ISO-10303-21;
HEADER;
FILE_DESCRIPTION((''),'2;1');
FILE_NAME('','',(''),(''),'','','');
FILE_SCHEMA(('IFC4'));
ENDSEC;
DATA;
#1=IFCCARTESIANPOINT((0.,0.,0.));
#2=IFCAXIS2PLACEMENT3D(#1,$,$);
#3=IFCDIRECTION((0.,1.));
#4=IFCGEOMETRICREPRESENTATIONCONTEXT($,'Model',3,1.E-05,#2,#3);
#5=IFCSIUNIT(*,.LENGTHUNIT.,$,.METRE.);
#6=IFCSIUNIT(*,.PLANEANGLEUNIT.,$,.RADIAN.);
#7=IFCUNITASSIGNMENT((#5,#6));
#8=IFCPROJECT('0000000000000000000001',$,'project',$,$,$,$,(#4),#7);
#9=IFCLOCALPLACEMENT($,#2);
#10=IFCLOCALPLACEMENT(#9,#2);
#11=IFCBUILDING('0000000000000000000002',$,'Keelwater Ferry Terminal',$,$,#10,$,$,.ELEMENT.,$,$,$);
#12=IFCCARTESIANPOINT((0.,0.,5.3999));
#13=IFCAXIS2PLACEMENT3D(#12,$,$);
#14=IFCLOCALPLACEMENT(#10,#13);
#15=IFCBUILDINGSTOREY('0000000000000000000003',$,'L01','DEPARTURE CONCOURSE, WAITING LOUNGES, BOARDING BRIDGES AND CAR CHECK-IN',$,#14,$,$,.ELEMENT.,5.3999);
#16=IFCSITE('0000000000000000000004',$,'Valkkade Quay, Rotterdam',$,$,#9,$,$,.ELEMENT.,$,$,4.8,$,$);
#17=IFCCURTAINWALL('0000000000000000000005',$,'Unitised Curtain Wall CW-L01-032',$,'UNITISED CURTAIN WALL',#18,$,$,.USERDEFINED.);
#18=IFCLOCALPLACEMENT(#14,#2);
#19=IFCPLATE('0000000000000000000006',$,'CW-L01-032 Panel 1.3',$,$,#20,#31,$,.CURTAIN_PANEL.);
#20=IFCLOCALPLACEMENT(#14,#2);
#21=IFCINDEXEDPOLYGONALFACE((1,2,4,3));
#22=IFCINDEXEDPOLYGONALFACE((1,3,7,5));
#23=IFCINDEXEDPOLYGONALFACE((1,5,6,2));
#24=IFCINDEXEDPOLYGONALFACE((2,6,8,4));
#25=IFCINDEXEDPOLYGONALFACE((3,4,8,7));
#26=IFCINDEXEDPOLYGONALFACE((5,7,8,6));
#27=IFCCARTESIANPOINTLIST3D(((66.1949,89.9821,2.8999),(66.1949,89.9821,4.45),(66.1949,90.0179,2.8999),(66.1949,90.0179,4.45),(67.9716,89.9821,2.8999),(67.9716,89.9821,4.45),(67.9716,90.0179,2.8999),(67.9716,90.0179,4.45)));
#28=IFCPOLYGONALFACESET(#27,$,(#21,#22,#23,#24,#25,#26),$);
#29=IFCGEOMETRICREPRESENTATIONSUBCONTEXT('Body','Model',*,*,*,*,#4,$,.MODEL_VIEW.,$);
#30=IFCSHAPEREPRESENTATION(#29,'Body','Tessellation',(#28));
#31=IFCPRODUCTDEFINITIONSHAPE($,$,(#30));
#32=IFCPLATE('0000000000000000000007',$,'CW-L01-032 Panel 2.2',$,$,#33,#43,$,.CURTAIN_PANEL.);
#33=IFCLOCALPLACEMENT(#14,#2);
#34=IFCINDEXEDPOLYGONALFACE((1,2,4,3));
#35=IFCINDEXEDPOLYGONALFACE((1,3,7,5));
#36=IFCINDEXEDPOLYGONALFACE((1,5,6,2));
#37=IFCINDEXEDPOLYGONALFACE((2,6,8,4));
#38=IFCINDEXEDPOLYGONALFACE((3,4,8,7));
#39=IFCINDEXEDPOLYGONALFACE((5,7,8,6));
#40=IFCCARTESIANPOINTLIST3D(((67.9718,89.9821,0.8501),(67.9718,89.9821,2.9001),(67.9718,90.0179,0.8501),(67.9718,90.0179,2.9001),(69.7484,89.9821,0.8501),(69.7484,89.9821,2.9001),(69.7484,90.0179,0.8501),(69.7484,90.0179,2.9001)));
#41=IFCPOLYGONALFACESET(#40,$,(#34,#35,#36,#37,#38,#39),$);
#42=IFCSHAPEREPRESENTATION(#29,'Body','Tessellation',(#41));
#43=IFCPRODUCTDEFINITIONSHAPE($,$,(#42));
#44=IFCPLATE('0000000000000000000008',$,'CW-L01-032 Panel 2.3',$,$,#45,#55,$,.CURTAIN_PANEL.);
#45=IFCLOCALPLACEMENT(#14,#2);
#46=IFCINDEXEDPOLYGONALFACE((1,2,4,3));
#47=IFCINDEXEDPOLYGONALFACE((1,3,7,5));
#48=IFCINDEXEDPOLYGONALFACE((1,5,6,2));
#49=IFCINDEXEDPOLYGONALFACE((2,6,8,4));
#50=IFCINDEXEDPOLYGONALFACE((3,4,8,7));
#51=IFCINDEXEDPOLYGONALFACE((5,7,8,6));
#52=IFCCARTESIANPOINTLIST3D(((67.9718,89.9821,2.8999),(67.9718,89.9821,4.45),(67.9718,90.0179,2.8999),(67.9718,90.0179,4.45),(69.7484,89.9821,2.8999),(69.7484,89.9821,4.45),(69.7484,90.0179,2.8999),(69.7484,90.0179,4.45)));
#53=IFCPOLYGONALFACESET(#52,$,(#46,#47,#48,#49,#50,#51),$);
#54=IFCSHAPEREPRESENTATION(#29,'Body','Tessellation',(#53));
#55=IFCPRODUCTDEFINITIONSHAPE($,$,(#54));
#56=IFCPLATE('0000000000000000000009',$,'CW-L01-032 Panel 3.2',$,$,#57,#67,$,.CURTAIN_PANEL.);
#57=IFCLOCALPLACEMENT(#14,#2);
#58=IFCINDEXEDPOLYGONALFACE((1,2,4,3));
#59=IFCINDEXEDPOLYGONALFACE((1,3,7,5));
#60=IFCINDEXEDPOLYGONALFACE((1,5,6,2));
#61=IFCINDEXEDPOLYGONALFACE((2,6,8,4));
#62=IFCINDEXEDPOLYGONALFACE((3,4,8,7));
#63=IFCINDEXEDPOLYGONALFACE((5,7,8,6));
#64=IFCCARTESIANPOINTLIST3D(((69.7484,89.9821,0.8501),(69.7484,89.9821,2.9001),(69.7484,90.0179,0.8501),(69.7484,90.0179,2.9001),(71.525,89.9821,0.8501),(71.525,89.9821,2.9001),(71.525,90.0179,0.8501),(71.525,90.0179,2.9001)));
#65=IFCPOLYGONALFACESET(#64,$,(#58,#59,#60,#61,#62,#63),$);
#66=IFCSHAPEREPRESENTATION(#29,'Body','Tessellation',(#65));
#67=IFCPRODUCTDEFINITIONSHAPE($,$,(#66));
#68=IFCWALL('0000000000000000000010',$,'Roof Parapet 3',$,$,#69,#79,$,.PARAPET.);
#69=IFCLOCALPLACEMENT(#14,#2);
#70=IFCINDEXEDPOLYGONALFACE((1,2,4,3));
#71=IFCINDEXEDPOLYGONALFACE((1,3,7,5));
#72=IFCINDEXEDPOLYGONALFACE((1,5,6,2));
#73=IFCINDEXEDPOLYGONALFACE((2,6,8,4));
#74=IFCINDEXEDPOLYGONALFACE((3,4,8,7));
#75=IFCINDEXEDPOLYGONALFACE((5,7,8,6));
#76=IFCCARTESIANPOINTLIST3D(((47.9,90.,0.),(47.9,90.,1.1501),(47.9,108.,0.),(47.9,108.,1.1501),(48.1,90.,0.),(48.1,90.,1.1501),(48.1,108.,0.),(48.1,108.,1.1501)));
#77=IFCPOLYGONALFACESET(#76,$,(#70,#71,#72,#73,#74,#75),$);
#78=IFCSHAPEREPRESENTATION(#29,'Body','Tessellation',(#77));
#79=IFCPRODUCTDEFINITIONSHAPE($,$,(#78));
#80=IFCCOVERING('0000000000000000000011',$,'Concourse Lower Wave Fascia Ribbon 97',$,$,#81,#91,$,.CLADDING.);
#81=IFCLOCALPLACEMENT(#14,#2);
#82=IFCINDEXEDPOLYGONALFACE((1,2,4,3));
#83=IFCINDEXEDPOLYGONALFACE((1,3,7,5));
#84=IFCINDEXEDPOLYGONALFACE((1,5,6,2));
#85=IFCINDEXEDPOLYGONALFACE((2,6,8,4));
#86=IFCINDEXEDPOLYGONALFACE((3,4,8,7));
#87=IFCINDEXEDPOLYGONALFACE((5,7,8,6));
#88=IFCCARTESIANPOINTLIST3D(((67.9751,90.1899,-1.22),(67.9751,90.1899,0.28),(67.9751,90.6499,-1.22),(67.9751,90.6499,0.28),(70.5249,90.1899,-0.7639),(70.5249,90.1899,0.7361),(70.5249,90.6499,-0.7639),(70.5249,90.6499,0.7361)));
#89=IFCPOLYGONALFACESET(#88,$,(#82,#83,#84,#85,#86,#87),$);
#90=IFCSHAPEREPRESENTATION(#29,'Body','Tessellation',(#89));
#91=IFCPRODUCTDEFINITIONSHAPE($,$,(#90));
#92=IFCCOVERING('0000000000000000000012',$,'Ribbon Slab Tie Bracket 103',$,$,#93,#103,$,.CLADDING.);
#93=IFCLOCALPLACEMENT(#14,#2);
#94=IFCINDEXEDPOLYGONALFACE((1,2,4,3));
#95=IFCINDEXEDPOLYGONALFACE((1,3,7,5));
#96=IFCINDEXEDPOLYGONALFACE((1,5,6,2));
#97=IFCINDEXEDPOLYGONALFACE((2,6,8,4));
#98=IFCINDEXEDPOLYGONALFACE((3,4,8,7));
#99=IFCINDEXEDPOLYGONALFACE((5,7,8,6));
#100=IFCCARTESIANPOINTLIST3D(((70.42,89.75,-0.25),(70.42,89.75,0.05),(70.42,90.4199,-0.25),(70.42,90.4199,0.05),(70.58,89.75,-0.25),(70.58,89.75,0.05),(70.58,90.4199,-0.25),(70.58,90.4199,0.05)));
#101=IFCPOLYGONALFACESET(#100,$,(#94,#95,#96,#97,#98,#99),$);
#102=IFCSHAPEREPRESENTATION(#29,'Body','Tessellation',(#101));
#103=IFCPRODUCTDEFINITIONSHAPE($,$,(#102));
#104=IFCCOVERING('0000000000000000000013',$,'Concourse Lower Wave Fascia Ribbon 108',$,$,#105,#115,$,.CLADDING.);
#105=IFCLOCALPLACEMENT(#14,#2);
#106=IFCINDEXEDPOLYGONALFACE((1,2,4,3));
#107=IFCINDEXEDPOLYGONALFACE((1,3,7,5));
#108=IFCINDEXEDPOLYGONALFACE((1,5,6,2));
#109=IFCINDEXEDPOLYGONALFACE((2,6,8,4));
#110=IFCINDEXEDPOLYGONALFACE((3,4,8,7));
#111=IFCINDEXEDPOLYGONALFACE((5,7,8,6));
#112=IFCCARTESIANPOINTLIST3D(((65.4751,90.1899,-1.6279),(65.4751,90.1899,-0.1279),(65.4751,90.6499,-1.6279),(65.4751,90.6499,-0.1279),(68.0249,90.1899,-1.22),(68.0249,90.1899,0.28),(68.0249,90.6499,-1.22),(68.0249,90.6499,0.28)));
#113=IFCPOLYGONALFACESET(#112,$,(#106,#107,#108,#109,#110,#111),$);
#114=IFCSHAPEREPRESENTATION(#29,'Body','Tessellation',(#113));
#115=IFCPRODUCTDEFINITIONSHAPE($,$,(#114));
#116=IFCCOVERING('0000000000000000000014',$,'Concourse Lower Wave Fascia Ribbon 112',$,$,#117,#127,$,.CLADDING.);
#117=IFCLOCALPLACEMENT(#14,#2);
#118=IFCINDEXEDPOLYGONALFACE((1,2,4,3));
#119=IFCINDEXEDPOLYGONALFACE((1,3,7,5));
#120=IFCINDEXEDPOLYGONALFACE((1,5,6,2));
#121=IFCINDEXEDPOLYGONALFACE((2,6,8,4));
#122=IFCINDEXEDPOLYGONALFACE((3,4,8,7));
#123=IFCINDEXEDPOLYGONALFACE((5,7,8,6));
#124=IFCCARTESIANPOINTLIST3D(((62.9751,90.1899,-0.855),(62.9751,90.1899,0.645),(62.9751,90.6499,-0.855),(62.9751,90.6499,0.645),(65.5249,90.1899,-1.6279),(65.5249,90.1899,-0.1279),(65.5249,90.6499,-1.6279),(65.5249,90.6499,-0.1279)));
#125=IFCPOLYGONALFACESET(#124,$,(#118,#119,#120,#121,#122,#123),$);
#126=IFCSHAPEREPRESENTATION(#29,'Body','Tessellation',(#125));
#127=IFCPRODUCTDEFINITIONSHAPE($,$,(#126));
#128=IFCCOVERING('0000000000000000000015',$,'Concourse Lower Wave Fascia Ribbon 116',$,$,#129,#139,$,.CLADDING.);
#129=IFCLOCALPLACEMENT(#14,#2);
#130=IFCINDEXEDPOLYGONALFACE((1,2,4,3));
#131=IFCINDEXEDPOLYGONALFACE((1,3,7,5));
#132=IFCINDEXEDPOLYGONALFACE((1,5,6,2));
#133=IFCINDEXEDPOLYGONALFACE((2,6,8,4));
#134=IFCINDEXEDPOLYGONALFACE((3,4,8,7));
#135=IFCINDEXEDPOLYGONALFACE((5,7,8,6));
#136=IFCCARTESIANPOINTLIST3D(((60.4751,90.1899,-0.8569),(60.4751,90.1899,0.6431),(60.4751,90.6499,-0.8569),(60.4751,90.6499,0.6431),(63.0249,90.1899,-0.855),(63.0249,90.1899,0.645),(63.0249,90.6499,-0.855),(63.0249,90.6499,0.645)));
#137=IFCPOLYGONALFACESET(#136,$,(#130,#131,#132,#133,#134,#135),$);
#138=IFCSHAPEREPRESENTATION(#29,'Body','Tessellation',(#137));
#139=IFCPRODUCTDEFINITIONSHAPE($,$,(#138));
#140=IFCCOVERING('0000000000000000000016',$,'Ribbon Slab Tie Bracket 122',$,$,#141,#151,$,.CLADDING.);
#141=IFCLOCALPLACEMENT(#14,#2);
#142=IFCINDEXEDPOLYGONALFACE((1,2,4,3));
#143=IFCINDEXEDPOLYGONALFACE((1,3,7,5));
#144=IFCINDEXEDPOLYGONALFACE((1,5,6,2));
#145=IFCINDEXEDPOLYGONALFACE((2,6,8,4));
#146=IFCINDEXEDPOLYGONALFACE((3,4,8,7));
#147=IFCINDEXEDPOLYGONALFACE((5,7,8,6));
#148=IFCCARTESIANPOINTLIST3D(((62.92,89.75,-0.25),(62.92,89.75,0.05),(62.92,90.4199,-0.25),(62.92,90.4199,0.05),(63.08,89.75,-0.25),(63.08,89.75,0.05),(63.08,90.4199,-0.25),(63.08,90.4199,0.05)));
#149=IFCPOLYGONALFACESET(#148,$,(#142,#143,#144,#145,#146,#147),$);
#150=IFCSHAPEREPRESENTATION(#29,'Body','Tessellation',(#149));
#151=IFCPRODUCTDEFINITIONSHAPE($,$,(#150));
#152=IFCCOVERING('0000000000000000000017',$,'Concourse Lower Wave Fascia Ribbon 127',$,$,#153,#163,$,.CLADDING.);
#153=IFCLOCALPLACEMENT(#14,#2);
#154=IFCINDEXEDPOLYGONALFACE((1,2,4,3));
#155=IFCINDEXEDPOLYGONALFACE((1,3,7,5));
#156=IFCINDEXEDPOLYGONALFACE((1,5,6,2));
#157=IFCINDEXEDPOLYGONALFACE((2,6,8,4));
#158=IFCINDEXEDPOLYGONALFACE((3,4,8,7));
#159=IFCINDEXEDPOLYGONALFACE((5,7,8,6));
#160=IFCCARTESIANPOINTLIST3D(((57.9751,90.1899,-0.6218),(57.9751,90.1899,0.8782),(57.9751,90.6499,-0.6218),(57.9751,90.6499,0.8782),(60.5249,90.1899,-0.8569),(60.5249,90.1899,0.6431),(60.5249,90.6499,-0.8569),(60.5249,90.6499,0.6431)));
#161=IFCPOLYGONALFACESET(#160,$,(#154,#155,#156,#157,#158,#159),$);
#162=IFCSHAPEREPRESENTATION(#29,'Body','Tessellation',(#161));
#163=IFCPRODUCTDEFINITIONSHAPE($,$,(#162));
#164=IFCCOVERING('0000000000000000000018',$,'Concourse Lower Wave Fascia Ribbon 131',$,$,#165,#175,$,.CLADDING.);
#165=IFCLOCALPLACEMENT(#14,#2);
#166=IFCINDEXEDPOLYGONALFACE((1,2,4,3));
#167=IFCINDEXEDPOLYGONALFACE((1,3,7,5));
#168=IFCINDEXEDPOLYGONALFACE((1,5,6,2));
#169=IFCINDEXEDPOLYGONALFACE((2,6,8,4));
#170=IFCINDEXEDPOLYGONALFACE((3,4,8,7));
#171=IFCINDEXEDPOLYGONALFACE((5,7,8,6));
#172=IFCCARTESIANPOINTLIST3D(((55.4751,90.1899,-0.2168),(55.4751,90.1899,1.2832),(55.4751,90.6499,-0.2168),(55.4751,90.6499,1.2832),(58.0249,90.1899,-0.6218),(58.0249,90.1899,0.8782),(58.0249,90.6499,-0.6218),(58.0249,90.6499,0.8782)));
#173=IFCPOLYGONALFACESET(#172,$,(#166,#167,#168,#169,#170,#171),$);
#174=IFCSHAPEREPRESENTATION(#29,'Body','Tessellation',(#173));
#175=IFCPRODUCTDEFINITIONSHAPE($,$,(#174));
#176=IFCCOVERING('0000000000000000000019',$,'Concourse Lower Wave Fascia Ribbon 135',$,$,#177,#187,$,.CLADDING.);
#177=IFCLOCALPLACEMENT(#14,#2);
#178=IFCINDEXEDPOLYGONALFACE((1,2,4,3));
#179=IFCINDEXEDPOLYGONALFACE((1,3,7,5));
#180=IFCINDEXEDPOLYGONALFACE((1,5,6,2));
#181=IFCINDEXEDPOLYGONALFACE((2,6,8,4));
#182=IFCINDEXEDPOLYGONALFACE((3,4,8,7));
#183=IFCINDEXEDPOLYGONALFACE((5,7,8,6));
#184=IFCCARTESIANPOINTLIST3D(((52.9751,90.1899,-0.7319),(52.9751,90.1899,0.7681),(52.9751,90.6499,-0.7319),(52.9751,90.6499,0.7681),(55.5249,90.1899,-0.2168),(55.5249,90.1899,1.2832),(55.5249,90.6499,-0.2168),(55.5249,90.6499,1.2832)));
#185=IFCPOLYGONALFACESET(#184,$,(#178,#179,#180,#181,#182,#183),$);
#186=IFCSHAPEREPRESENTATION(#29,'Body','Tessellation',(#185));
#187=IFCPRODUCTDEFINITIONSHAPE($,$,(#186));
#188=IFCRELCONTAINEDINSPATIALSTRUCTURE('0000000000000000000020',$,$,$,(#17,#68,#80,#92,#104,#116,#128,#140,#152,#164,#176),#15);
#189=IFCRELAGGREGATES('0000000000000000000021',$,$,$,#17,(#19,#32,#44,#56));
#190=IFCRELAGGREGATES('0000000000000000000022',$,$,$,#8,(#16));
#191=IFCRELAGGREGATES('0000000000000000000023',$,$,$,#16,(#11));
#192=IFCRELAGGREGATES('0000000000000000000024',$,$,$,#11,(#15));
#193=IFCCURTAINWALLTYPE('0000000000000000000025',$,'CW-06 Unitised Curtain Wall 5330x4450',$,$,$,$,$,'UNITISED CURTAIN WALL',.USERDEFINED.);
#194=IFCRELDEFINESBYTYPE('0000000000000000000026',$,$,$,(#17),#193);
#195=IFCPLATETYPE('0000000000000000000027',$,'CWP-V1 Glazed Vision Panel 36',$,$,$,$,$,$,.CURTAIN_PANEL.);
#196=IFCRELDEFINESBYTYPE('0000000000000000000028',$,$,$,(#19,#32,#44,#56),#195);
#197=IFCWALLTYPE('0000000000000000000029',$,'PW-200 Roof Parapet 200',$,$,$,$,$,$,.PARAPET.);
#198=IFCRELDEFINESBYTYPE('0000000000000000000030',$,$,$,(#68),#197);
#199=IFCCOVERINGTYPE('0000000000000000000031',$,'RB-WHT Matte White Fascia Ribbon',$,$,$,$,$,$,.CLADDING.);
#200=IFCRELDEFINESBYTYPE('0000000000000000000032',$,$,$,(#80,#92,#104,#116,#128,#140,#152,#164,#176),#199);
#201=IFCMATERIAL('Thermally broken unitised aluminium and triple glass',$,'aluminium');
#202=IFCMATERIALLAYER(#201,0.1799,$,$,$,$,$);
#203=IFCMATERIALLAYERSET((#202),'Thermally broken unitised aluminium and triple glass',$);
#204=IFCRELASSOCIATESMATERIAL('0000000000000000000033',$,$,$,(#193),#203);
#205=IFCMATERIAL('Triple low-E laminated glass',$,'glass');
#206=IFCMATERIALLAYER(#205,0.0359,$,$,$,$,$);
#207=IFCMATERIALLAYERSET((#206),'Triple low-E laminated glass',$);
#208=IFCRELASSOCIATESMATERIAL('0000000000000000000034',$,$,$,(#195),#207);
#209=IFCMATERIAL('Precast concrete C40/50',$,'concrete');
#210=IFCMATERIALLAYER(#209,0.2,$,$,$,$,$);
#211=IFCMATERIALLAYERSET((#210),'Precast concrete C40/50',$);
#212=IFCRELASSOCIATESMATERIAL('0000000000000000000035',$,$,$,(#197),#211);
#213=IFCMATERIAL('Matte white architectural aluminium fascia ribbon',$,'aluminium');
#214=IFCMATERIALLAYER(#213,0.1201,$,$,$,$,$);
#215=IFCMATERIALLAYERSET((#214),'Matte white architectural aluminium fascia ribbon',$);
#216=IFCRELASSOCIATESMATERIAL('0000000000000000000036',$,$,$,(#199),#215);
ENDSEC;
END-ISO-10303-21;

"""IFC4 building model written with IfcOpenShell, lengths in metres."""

from ifc_helpers import new_model, si_unit, direction, frame, frame_2d, origin, origin_2d, place, context, subcontext, project, spatial, polyline, rectangle, outline, extrude, material, layer, layer_set, type_object, element, aggregate, save


model = new_model("IFC4")

# Units and contexts
model_context = context("Model", 3, precision=1e-05, world=origin(), true_north=direction((0.0, 1.0)))
body_context = subcontext(model_context, "Body", "Model", "MODEL_VIEW")
ifc_project = project(units=[si_unit("LENGTHUNIT", "METRE"), si_unit("PLANEANGLEUNIT", "RADIAN")], contexts=[model_context])

# Site, building, storey
site_placement = place(None, origin())
site = spatial("IfcSite", under=ifc_project, at=site_placement, Name="Valkkade Quay, Rotterdam", CompositionType="ELEMENT", RefElevation=4.8)
building_placement = place(site_placement, origin())
building = spatial("IfcBuilding", under=site, at=building_placement, Name="Keelwater Ferry Terminal", CompositionType="ELEMENT")
storey_placement = place(building_placement, frame((0.0, 0.0, 5.3999)))
storey = spatial("IfcBuildingStorey", under=building, at=storey_placement, Name="L01", Description="DEPARTURE CONCOURSE, WAITING LOUNGES, BOARDING BRIDGES AND CAR CHECK-IN", CompositionType="ELEMENT", Elevation=5.3999)

# Shared definitions
ifc_material_1 = material(Name="Thermally broken unitised aluminium and triple glass", Category="aluminium")
ifc_layer_1 = layer(ifc_material_1, 0.1799)
ifc_layer_set_1 = layer_set([ifc_layer_1], Name="Thermally broken unitised aluminium and triple glass")
curtain_wall_type = type_object("IfcCurtainWallType", Name="CW-06 Unitised Curtain Wall 5330x4450", ElementType="UNITISED CURTAIN WALL", PredefinedType="USERDEFINED", material=ifc_layer_set_1)

# Curtain wall
curtain_wall_1_placement = place(storey_placement, origin())
curtain_wall_1 = element("IfcCurtainWall", 1, at=curtain_wall_1_placement, inside=storey, type_object=curtain_wall_type, Name="Unitised Curtain Wall CW-L01-032", ObjectType="UNITISED CURTAIN WALL", PredefinedType="USERDEFINED")

# Plates
ifc_material_2 = material(Name="Triple low-E laminated glass", Category="glass")
ifc_layer_2 = layer(ifc_material_2, 0.0359)
ifc_layer_set_2 = layer_set([ifc_layer_2], Name="Triple low-E laminated glass")
plate_type_1 = type_object("IfcPlateType", Name="CWP-V1 Glazed Vision Panel 36", PredefinedType="CURTAIN_PANEL", material=ifc_layer_set_2)
plate_1_placement = place(storey_placement, frame((67.0833, 90.0, 2.8999), z_axis=(0.0, 0.0, 1.0), x_axis=(1.0, 0.0, 0.0)))
plate_1 = element("IfcPlate", 2, at=plate_1_placement, type_object=plate_type_1, Name="CW-L01-032 Panel 1.3", PredefinedType="CURTAIN_PANEL", context=body_context, shape_type="SweptSolid", body=[
    extrude(rectangle(XDim=1.7766, YDim=0.0359, at=origin_2d()), origin(), (0.0, 0.0, 1.0), 1.55),
])
plate_2_placement = place(storey_placement, frame((68.8601, 90.0, 0.8501), z_axis=(0.0, 0.0, 1.0), x_axis=(1.0, 0.0, 0.0)))
plate_2 = element("IfcPlate", 3, at=plate_2_placement, type_object=plate_type_1, Name="CW-L01-032 Panel 2.2", PredefinedType="CURTAIN_PANEL", context=body_context, shape_type="SweptSolid", body=[
    extrude(rectangle(XDim=1.7766, YDim=0.0359, at=origin_2d()), origin(), (0.0, 0.0, 1.0), 2.05),
])
plate_3_placement = place(storey_placement, frame((68.8601, 90.0, 2.8999), z_axis=(0.0, 0.0, 1.0), x_axis=(1.0, 0.0, 0.0)))
plate_3 = element("IfcPlate", 4, at=plate_3_placement, type_object=plate_type_1, Name="CW-L01-032 Panel 2.3", PredefinedType="CURTAIN_PANEL", context=body_context, shape_type="SweptSolid", body=[
    extrude(rectangle(XDim=1.7766, YDim=0.0359, at=origin_2d()), origin(), (0.0, 0.0, 1.0), 1.55),
])
plate_4_placement = place(storey_placement, frame((70.6367, 90.0, 0.8501), z_axis=(0.0, 0.0, 1.0), x_axis=(1.0, 0.0, 0.0)))
plate_4 = element("IfcPlate", 5, at=plate_4_placement, type_object=plate_type_1, Name="CW-L01-032 Panel 3.2", PredefinedType="CURTAIN_PANEL", context=body_context, shape_type="SweptSolid", body=[
    extrude(rectangle(XDim=1.7766, YDim=0.0359, at=origin_2d()), origin(), (0.0, 0.0, 1.0), 2.05),
])
aggregate(curtain_wall_1, [plate_1, plate_2, plate_3, plate_4])

# Wall
ifc_material_3 = material(Name="Precast concrete C40/50", Category="concrete")
ifc_layer_3 = layer(ifc_material_3, 0.2)
ifc_layer_set_3 = layer_set([ifc_layer_3], Name="Precast concrete C40/50")
wall_type = type_object("IfcWallType", Name="PW-200 Roof Parapet 200", PredefinedType="PARAPET", material=ifc_layer_set_3)
wall_placement = place(storey_placement, frame((48.0, 108.0, 0.0), z_axis=(0.0, 0.0, 1.0), x_axis=(0.0, -1.0, 0.0)))
element("IfcWall", 6, at=wall_placement, inside=storey, type_object=wall_type, Name="Roof Parapet 3", PredefinedType="PARAPET", context=body_context, shape_type="SweptSolid", body=[
    extrude(rectangle(XDim=18.0, YDim=0.2, at=frame_2d((9.0, 0.0))), origin(), (0.0, 0.0, 1.0), 1.1501),
])

# Coverings
ifc_material_4 = material(Name="Matte white architectural aluminium fascia ribbon", Category="aluminium")
ifc_layer_4 = layer(ifc_material_4, 0.1201)
ifc_layer_set_4 = layer_set([ifc_layer_4], Name="Matte white architectural aluminium fascia ribbon")
covering_type = type_object("IfcCoveringType", Name="RB-WHT Matte White Fascia Ribbon", PredefinedType="CLADDING", material=ifc_layer_set_4)
covering_1_placement = place(storey_placement, frame((70.5249, 90.4199, -1.22), z_axis=(0.0, 0.0, 1.0), x_axis=(-1.0, 0.0, 0.0)))
element("IfcCovering", 7, at=covering_1_placement, inside=storey, type_object=covering_type, Name="Concourse Lower Wave Fascia Ribbon 97", PredefinedType="CLADDING", context=body_context, shape_type="SweptSolid", body=[
    extrude(outline(polyline([(0.0, 0.4561), (2.5498, 0.0), (2.5498, 1.5), (0.0, 1.9561), (0.0, 0.4561)])), frame((0.0, 0.23, 0.0), z_axis=(0.0, -1.0, 0.0), x_axis=(1.0, 0.0, 0.0)), (0.0, 0.0, 1.0), 0.46),
])
covering_2_placement = place(storey_placement, frame((70.5, 90.4199, -0.25), z_axis=(0.0, 0.0, 1.0), x_axis=(0.0, -1.0, 0.0)))
element("IfcCovering", 8, at=covering_2_placement, inside=storey, type_object=covering_type, Name="Ribbon Slab Tie Bracket 103", PredefinedType="CLADDING", context=body_context, shape_type="SweptSolid", body=[
    extrude(rectangle(XDim=0.6699, YDim=0.1599, at=frame_2d((0.335, 0.0))), origin(), (0.0, 0.0, 1.0), 0.3),
])
covering_3_placement = place(storey_placement, frame((68.0249, 90.4199, -1.6279), z_axis=(0.0, 0.0, 1.0), x_axis=(-1.0, 0.0, 0.0)))
element("IfcCovering", 9, at=covering_3_placement, inside=storey, type_object=covering_type, Name="Concourse Lower Wave Fascia Ribbon 108", PredefinedType="CLADDING", context=body_context, shape_type="SweptSolid", body=[
    extrude(outline(polyline([(0.0, 0.408), (2.5498, 0.0), (2.5498, 1.5), (0.0, 1.908), (0.0, 0.408)])), frame((0.0, 0.23, 0.0), z_axis=(0.0, -1.0, 0.0), x_axis=(1.0, 0.0, 0.0)), (0.0, 0.0, 1.0), 0.46),
])
covering_4_placement = place(storey_placement, frame((65.5249, 90.4199, -1.6279), z_axis=(0.0, 0.0, 1.0), x_axis=(-1.0, 0.0, 0.0)))
element("IfcCovering", 10, at=covering_4_placement, inside=storey, type_object=covering_type, Name="Concourse Lower Wave Fascia Ribbon 112", PredefinedType="CLADDING", context=body_context, shape_type="SweptSolid", body=[
    extrude(outline(polyline([(0.0, 0.0), (2.5498, 0.7729), (2.5498, 2.2729), (0.0, 1.5), (0.0, 0.0)])), frame((0.0, 0.23, 0.0), z_axis=(0.0, -1.0, 0.0), x_axis=(1.0, 0.0, 0.0)), (0.0, 0.0, 1.0), 0.46),
])
covering_5_placement = place(storey_placement, frame((63.0249, 90.4199, -0.8569), z_axis=(0.0, 0.0, 1.0), x_axis=(-1.0, 0.0, 0.0)))
element("IfcCovering", 11, at=covering_5_placement, inside=storey, type_object=covering_type, Name="Concourse Lower Wave Fascia Ribbon 116", PredefinedType="CLADDING", context=body_context, shape_type="SweptSolid", body=[
    extrude(outline(polyline([(0.0, 0.002), (2.5498, 0.0), (2.5498, 1.5), (0.0, 1.502), (0.0, 0.002)])), frame((0.0, 0.23, 0.0), z_axis=(0.0, -1.0, 0.0), x_axis=(1.0, 0.0, 0.0)), (0.0, 0.0, 1.0), 0.46),
])
covering_6_placement = place(storey_placement, frame((63.0, 90.4199, -0.25), z_axis=(0.0, 0.0, 1.0), x_axis=(0.0, -1.0, 0.0)))
element("IfcCovering", 12, at=covering_6_placement, inside=storey, type_object=covering_type, Name="Ribbon Slab Tie Bracket 122", PredefinedType="CLADDING", context=body_context, shape_type="SweptSolid", body=[
    extrude(rectangle(XDim=0.6699, YDim=0.1599, at=frame_2d((0.335, 0.0))), origin(), (0.0, 0.0, 1.0), 0.3),
])
covering_7_placement = place(storey_placement, frame((60.5249, 90.4199, -0.8569), z_axis=(0.0, 0.0, 1.0), x_axis=(-1.0, 0.0, 0.0)))
element("IfcCovering", 13, at=covering_7_placement, inside=storey, type_object=covering_type, Name="Concourse Lower Wave Fascia Ribbon 127", PredefinedType="CLADDING", context=body_context, shape_type="SweptSolid", body=[
    extrude(outline(polyline([(0.0, 0.0), (2.5498, 0.2351), (2.5498, 1.7351), (0.0, 1.5), (0.0, 0.0)])), frame((0.0, 0.23, 0.0), z_axis=(0.0, -1.0, 0.0), x_axis=(1.0, 0.0, 0.0)), (0.0, 0.0, 1.0), 0.46),
])
covering_8_placement = place(storey_placement, frame((58.0249, 90.4199, -0.6218), z_axis=(0.0, 0.0, 1.0), x_axis=(-1.0, 0.0, 0.0)))
element("IfcCovering", 14, at=covering_8_placement, inside=storey, type_object=covering_type, Name="Concourse Lower Wave Fascia Ribbon 131", PredefinedType="CLADDING", context=body_context, shape_type="SweptSolid", body=[
    extrude(outline(polyline([(0.0, 0.0), (2.5498, 0.405), (2.5498, 1.905), (0.0, 1.5), (0.0, 0.0)])), frame((0.0, 0.23, 0.0), z_axis=(0.0, -1.0, 0.0), x_axis=(1.0, 0.0, 0.0)), (0.0, 0.0, 1.0), 0.46),
])
covering_9_placement = place(storey_placement, frame((55.5249, 90.4199, -0.7319), z_axis=(0.0, 0.0, 1.0), x_axis=(-1.0, 0.0, 0.0)))
element("IfcCovering", 15, at=covering_9_placement, inside=storey, type_object=covering_type, Name="Concourse Lower Wave Fascia Ribbon 135", PredefinedType="CLADDING", context=body_context, shape_type="SweptSolid", body=[
    extrude(outline(polyline([(0.0, 0.5151), (2.5498, 0.0), (2.5498, 1.5), (0.0, 2.0151), (0.0, 0.5151)])), frame((0.0, 0.23, 0.0), z_axis=(0.0, -1.0, 0.0), x_axis=(1.0, 0.0, 0.0)), (0.0, 0.0, 1.0), 0.46),
])

save(model, "model.ifc")
